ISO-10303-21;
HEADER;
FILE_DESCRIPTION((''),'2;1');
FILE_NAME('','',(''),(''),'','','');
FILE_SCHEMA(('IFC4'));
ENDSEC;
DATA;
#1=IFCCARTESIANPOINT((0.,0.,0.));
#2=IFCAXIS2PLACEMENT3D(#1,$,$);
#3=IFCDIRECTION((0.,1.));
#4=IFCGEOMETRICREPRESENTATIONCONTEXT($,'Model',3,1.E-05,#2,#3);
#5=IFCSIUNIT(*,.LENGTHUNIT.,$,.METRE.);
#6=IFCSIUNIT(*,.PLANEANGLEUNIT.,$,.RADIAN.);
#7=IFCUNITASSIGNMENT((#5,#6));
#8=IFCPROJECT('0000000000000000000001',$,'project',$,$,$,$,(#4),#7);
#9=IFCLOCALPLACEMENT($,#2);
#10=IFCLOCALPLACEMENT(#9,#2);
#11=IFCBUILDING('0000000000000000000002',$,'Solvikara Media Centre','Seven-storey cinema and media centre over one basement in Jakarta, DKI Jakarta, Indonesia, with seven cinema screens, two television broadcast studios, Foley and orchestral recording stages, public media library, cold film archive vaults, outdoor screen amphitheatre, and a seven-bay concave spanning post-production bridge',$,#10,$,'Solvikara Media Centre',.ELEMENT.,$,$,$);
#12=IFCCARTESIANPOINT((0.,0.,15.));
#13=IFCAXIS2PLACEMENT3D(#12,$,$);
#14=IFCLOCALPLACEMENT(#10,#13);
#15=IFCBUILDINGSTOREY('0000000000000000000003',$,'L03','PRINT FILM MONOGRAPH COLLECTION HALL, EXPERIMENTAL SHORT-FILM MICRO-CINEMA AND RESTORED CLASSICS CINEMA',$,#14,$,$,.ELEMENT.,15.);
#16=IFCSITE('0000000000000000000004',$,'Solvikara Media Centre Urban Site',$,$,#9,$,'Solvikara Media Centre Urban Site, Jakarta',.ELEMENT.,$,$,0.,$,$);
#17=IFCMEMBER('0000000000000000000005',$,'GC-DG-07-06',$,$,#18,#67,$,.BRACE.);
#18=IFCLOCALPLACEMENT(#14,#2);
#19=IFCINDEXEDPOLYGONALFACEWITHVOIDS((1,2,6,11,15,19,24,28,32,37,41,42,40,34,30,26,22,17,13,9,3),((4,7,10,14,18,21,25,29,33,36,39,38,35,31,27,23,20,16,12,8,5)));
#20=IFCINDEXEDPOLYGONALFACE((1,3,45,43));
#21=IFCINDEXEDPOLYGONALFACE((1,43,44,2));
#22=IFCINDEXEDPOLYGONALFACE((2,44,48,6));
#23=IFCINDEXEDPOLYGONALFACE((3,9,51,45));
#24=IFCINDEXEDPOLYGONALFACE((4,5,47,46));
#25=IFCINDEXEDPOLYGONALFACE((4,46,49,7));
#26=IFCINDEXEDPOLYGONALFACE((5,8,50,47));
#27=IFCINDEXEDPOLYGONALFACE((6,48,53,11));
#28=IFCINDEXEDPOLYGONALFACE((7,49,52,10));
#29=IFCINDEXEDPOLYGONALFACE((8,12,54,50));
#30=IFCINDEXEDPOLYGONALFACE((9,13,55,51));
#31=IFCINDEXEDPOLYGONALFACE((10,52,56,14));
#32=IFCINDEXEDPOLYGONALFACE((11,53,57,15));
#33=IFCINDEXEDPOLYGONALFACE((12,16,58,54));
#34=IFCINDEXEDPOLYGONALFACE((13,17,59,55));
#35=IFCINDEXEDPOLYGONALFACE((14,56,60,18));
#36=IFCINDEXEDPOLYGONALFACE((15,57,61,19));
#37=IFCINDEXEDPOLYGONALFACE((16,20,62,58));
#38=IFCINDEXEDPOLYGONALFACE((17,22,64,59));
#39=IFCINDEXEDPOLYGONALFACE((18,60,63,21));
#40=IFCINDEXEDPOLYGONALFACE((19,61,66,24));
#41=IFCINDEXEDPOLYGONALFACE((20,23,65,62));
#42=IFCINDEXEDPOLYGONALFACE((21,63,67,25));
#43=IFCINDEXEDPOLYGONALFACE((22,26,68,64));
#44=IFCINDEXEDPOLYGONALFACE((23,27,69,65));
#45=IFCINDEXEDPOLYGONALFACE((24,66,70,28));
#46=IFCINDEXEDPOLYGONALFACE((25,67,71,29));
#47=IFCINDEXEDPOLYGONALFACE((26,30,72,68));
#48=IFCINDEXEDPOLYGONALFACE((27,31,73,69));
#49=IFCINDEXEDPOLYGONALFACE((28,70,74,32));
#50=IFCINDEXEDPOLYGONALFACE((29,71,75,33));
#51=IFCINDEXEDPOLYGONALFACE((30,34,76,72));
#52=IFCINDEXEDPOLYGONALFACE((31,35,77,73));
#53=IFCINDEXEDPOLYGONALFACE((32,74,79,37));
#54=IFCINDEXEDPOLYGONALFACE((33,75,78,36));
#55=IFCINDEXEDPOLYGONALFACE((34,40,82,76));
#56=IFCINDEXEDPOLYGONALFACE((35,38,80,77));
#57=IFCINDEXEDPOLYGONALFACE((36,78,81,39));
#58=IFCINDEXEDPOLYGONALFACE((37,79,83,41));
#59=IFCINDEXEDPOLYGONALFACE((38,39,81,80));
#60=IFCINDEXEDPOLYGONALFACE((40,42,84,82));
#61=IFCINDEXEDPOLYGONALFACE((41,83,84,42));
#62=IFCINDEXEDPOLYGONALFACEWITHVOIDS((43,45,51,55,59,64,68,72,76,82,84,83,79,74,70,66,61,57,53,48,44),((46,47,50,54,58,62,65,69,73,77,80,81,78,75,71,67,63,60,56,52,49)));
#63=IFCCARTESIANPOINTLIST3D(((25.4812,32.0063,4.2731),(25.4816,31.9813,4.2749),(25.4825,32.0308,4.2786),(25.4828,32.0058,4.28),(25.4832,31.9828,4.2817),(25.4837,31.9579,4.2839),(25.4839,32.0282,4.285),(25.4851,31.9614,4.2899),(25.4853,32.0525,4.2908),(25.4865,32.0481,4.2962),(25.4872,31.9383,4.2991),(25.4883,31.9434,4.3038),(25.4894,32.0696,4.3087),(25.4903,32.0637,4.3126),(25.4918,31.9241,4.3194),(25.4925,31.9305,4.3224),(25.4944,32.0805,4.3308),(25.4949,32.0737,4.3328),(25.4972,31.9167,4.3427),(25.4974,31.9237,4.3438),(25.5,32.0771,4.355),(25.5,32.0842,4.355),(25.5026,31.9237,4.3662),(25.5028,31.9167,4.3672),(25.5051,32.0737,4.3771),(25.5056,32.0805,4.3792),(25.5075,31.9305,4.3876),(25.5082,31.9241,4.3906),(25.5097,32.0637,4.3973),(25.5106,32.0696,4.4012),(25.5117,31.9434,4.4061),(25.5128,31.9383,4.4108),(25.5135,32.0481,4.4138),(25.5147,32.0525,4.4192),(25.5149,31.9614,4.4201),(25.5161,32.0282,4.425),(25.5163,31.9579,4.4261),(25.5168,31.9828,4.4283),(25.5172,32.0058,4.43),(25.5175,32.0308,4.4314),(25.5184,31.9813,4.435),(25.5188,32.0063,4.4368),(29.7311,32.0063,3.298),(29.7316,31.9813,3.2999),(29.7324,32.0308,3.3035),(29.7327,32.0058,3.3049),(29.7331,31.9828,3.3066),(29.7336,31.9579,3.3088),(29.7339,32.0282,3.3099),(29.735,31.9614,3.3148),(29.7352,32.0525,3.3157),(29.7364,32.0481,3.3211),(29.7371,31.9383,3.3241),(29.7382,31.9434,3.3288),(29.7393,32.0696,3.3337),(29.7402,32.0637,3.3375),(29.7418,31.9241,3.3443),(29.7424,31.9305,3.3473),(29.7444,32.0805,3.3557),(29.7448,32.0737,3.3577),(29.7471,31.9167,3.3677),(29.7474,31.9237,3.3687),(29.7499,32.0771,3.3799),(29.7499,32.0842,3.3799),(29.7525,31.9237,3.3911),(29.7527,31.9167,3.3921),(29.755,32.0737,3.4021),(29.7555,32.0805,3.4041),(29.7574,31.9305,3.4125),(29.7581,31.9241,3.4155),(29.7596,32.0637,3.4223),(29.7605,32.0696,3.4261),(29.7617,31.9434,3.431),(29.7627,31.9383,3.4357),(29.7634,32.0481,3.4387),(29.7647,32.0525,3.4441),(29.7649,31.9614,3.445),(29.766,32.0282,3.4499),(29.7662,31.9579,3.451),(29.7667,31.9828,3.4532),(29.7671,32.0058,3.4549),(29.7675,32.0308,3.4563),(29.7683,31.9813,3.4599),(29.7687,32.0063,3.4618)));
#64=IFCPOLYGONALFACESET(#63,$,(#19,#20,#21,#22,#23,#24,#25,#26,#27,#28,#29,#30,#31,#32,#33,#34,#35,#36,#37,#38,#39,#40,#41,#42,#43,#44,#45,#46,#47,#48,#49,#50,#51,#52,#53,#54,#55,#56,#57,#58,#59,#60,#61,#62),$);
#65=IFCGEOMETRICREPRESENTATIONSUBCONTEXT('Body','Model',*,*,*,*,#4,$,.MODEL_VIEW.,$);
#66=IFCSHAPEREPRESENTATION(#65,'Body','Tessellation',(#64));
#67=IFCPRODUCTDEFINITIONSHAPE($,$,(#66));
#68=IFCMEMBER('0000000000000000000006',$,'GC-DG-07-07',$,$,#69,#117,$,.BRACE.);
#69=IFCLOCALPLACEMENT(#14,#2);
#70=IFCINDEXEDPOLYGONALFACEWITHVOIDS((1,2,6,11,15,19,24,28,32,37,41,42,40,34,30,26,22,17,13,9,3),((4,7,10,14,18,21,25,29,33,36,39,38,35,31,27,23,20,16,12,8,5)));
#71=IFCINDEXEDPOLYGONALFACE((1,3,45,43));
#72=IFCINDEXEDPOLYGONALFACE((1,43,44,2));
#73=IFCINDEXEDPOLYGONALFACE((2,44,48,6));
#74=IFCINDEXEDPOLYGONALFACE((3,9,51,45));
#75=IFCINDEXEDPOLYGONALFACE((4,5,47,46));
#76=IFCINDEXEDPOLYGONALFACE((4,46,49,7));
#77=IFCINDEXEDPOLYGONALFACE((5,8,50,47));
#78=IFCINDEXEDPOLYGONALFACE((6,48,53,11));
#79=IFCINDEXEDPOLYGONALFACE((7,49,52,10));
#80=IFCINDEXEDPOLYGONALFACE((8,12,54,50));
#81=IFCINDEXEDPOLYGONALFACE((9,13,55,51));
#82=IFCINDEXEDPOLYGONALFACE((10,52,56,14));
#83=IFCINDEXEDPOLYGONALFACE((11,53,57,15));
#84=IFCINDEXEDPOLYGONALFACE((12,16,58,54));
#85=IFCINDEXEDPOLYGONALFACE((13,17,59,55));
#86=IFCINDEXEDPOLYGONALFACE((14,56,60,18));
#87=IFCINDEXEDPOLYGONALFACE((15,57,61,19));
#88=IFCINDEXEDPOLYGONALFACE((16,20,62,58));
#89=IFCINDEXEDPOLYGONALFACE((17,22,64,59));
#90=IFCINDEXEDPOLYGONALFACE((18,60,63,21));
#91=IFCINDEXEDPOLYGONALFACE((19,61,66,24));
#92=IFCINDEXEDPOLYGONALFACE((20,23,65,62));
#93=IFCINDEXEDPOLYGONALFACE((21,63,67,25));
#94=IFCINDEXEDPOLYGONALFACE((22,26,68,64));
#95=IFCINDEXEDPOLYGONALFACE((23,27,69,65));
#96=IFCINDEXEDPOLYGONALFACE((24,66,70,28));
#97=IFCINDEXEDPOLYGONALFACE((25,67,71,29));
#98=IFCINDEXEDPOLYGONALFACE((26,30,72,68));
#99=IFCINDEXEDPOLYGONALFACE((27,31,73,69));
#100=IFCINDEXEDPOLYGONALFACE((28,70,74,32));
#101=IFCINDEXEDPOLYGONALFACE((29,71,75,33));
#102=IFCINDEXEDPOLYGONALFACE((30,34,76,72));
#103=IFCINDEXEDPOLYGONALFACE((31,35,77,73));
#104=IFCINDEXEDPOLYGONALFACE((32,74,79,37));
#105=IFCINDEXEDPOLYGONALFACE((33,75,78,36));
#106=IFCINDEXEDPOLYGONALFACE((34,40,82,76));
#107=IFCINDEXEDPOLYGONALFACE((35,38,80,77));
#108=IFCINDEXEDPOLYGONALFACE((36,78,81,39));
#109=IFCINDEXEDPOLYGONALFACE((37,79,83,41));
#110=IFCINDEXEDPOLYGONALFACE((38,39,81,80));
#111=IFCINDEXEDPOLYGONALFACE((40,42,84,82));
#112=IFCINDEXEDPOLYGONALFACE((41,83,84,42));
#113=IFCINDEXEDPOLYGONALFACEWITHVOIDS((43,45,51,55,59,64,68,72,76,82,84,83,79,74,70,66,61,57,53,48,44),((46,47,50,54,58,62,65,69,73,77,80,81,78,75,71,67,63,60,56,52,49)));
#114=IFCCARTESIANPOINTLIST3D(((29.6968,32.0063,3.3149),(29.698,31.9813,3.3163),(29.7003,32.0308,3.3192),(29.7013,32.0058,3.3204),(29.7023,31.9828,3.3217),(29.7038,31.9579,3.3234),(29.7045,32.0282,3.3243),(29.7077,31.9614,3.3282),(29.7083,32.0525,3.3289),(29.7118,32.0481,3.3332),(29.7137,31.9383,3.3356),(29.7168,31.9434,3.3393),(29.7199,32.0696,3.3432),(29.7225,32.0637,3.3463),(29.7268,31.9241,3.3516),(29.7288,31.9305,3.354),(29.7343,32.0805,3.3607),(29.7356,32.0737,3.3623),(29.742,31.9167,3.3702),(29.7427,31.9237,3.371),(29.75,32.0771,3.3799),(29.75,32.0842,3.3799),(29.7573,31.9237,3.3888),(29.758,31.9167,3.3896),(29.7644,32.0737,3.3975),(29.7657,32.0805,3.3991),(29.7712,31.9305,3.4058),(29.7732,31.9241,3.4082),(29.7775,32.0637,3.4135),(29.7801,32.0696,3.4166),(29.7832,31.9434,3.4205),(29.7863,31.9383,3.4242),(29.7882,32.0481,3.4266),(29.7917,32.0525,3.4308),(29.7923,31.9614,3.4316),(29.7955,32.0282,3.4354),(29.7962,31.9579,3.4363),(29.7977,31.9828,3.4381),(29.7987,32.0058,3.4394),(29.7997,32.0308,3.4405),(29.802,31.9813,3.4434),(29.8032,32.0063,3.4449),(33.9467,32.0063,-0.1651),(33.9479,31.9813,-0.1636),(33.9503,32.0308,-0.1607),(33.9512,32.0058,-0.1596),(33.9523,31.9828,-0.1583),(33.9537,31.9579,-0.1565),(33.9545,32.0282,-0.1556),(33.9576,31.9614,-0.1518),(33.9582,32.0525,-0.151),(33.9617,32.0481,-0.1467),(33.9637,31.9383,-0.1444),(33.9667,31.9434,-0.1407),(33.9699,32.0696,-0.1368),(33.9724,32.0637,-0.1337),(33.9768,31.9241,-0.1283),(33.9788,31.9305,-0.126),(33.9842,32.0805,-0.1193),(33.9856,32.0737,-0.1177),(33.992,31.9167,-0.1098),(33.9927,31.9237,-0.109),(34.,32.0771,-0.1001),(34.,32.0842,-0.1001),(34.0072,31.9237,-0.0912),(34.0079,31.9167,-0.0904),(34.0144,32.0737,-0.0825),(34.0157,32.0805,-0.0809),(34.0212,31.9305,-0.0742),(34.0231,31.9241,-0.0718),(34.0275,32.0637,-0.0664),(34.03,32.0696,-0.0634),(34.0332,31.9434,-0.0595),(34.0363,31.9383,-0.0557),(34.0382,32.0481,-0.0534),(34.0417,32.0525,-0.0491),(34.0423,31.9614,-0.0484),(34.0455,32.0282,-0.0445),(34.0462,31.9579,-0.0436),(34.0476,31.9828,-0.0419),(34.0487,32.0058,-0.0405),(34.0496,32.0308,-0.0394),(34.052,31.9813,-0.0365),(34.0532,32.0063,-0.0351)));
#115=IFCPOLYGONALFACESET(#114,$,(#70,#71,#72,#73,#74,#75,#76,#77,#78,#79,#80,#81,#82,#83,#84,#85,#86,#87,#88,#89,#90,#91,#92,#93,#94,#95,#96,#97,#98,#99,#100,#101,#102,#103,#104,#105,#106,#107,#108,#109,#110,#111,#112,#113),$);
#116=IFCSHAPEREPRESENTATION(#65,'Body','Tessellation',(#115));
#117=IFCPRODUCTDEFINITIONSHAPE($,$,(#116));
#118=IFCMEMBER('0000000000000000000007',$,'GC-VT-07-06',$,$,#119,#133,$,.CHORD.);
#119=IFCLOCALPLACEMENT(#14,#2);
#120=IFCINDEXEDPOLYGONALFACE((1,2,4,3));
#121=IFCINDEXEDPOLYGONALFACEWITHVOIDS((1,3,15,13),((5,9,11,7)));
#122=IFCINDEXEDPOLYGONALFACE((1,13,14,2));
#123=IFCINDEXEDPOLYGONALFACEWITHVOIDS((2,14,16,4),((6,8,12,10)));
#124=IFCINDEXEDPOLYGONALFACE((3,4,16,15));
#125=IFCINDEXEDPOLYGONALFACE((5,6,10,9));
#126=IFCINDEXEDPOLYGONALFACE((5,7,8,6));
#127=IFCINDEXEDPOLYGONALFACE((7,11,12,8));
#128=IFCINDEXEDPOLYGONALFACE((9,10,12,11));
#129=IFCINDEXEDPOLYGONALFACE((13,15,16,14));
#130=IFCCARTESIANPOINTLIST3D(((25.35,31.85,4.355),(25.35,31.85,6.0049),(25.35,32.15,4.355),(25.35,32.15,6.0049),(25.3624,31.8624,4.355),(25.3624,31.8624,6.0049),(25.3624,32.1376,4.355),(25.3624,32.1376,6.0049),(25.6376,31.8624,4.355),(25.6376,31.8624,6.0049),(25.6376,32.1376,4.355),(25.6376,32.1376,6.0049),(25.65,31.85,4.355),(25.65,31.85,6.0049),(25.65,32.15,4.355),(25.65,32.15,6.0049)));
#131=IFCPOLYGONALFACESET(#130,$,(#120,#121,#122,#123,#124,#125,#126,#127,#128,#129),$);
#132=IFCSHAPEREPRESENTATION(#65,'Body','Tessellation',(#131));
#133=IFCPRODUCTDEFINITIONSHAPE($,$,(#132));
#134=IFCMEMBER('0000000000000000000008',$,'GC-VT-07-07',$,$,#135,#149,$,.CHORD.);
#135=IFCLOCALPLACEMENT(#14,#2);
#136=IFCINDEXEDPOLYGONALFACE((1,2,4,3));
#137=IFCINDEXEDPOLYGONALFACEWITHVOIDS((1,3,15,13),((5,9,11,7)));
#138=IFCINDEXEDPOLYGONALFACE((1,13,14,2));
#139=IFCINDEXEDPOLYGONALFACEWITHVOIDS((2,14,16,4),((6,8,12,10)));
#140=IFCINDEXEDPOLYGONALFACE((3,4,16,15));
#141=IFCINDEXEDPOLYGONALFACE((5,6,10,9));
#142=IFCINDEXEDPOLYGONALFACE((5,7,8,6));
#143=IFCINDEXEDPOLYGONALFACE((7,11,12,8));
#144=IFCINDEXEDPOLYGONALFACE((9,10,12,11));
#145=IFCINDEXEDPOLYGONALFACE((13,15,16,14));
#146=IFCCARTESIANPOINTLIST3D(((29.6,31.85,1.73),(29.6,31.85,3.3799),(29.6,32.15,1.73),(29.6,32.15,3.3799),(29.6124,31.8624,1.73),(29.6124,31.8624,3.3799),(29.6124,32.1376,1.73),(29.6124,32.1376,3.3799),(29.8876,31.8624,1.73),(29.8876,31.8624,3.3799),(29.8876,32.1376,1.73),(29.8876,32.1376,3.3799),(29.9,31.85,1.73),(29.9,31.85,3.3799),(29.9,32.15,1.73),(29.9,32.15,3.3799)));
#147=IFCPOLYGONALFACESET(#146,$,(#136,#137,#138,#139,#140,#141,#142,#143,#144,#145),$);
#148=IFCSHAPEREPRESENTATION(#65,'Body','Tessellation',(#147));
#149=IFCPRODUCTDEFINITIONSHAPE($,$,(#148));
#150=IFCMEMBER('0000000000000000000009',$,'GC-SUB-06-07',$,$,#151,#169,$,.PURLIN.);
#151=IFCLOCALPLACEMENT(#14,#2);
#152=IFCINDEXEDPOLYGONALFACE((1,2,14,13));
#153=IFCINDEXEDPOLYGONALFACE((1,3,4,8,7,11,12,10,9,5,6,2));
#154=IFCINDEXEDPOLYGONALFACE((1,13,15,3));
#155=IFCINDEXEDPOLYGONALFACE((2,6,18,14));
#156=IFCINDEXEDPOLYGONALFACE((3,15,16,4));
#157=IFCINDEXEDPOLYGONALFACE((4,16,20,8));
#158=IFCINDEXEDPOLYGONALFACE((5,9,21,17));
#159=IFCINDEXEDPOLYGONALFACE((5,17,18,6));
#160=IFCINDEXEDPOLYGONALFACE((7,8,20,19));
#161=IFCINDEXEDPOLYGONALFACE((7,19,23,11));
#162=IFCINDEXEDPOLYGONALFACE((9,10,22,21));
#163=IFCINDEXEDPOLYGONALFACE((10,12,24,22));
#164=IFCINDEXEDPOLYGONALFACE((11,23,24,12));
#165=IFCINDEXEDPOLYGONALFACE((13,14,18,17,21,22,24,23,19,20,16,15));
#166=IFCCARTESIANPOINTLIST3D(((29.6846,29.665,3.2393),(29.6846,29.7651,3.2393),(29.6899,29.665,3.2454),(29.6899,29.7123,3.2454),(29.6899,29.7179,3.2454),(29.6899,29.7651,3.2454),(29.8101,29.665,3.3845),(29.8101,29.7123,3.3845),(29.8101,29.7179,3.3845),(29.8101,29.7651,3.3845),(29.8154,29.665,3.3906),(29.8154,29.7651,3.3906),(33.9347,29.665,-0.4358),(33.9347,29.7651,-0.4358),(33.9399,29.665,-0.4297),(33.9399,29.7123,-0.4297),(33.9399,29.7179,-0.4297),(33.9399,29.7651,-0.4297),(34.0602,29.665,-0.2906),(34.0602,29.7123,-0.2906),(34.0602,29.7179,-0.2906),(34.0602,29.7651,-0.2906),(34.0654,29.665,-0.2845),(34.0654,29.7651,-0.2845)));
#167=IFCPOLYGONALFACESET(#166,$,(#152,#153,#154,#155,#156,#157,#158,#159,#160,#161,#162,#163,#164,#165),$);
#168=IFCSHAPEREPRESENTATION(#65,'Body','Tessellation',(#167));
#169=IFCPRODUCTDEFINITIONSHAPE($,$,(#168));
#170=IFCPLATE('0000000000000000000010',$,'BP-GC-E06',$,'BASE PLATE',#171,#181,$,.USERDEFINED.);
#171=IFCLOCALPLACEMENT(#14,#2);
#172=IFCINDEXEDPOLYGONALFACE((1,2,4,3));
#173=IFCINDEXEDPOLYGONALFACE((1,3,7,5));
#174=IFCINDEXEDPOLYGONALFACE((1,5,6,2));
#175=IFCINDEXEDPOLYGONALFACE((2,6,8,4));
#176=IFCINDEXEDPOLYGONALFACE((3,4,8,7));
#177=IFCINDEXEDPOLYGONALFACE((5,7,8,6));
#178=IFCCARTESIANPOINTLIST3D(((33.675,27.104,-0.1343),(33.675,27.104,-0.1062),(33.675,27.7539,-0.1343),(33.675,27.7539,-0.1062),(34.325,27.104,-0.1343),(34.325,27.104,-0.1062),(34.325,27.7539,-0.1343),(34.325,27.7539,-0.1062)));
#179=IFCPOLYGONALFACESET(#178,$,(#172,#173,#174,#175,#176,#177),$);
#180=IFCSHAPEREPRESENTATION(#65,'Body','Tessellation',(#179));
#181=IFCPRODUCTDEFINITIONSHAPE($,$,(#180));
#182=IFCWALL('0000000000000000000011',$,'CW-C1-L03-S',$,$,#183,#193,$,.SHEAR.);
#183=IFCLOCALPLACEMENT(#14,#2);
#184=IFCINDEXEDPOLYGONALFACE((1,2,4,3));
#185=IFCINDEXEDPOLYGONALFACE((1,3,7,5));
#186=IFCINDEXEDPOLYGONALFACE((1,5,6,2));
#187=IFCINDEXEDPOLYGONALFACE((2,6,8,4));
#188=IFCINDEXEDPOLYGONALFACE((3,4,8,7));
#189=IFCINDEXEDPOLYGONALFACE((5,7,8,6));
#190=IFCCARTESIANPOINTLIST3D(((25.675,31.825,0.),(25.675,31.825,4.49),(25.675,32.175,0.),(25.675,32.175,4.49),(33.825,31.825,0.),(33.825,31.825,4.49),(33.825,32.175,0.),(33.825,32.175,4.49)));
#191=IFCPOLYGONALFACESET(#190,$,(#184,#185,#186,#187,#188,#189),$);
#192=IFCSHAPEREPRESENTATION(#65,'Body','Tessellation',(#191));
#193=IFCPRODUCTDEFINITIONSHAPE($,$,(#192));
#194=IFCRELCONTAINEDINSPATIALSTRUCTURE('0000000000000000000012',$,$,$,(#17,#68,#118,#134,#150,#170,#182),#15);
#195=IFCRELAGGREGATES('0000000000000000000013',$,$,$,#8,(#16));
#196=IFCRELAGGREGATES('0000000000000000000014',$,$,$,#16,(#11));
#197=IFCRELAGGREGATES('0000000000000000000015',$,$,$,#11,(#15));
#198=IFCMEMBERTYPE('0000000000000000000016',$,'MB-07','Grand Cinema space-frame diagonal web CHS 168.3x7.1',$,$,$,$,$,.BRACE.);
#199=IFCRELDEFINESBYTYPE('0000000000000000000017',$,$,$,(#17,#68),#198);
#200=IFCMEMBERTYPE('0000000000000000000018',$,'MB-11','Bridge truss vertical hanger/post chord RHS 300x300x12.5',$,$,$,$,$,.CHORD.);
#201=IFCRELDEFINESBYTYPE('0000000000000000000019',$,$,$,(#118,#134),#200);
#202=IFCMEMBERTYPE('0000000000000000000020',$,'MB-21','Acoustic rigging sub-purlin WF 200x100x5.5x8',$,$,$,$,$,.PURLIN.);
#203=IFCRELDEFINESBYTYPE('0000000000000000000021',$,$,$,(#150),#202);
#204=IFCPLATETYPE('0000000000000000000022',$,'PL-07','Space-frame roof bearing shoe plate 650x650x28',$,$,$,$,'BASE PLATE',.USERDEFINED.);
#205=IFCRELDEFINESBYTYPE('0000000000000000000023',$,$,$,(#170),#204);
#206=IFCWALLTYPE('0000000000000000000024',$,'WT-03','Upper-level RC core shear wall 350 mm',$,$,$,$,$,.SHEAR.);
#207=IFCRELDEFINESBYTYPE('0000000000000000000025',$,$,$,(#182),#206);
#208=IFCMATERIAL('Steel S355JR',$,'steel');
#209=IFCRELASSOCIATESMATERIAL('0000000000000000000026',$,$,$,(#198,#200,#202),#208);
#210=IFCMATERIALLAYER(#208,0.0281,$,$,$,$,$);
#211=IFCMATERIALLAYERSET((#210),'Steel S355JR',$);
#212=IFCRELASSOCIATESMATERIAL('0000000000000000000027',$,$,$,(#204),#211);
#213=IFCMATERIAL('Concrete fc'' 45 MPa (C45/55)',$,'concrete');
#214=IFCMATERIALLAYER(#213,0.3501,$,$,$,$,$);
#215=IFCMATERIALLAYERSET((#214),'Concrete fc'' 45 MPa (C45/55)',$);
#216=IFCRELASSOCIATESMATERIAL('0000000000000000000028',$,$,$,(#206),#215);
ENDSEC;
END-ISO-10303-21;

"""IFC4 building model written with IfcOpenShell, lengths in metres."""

from ifc_helpers import new_model, si_unit, direction, frame, frame_2d, origin, origin_2d, place, context, subcontext, project, spatial, rectangle, hollow_rectangle, hollow_circle, i_section, extrude, material, layer, layer_set, material_profile, profile_set, type_object, element, save


model = new_model("IFC4")

# Units and contexts
model_context = context("Model", 3, precision=1e-05, world=origin(), true_north=direction((0.0, 1.0)))
body_context = subcontext(model_context, "Body", "Model", "MODEL_VIEW")
ifc_project = project(units=[si_unit("LENGTHUNIT", "METRE"), si_unit("PLANEANGLEUNIT", "RADIAN")], contexts=[model_context])

# Site, building, storey
site_placement = place(None, origin())
site = spatial("IfcSite", under=ifc_project, at=site_placement, Name="Solvikara Media Centre Urban Site", LongName="Solvikara Media Centre Urban Site, Jakarta", CompositionType="ELEMENT", RefElevation=0.0)
building_placement = place(site_placement, origin())
building = spatial("IfcBuilding", under=site, at=building_placement, Name="Solvikara Media Centre", Description="Seven-storey cinema and media centre over one basement in Jakarta, DKI Jakarta, Indonesia, with seven cinema screens, two television broadcast studios, Foley and orchestral recording stages, public media library, cold film archive vaults, outdoor screen amphitheatre, and a seven-bay concave spanning post-production bridge", LongName="Solvikara Media Centre", CompositionType="ELEMENT")
storey_placement = place(building_placement, frame((0.0, 0.0, 15.0)))
storey = spatial("IfcBuildingStorey", under=building, at=storey_placement, Name="L03", Description="PRINT FILM MONOGRAPH COLLECTION HALL, EXPERIMENTAL SHORT-FILM MICRO-CINEMA AND RESTORED CLASSICS CINEMA", CompositionType="ELEMENT", Elevation=15.0)

# Members
ifc_material_1 = material(Name="Steel S355JR", Category="steel")
ifc_material_profile_1 = material_profile(ifc_material_1, hollow_circle(Radius=0.0842, WallThickness=0.0071, at=origin_2d()), Name="CHS 168.3x7.1")
ifc_profile_set_1 = profile_set([ifc_material_profile_1], Name="Steel S355JR")
member_type_1 = type_object("IfcMemberType", Name="MB-07", Description="Grand Cinema space-frame diagonal web CHS 168.3x7.1", PredefinedType="BRACE", material=ifc_profile_set_1)
member_1_placement = place(storey_placement, frame((25.5, 32.0, 4.355), z_axis=(0.974675, 0.0, -0.223624), x_axis=(0.0, 1.0, 0.0)))
element("IfcMember", 1, at=member_1_placement, inside=storey, type_object=member_type_1, Name="GC-DG-07-06", PredefinedType="BRACE", context=body_context, shape_type="SweptSolid", body=[
    extrude(hollow_circle(Radius=0.0842, WallThickness=0.0071, at=origin_2d()), origin(), (0.0, 0.0, 1.0), 4.3604),
])
member_2_placement = place(storey_placement, frame((29.75, 32.0, 3.3799), z_axis=(0.773716, 0.0, -0.633533), x_axis=(0.0, 1.0, 0.0)))
element("IfcMember", 2, at=member_2_placement, inside=storey, type_object=member_type_1, Name="GC-DG-07-07", PredefinedType="BRACE", context=body_context, shape_type="SweptSolid", body=[
    extrude(hollow_circle(Radius=0.0842, WallThickness=0.0071, at=origin_2d()), origin(), (0.0, 0.0, 1.0), 5.4929),
])
ifc_material_profile_2 = material_profile(ifc_material_1, hollow_rectangle(XDim=0.3, YDim=0.3, WallThickness=0.0125, at=origin_2d()), Name="RHS 300x300x12.5")
ifc_profile_set_2 = profile_set([ifc_material_profile_2], Name="Steel S355JR")
member_type_2 = type_object("IfcMemberType", Name="MB-11", Description="Bridge truss vertical hanger/post chord RHS 300x300x12.5", PredefinedType="CHORD", material=ifc_profile_set_2)
for number, where, z_axis, x_axis, name in (
    (3, (25.5, 32.0, 4.355), (0.0, 0.0, 1.0), (1.0, 0.0, 0.0), "GC-VT-07-06"),
    (4, (29.75, 32.0, 1.73), (0.0, 0.0, 1.0), (1.0, 0.0, 0.0), "GC-VT-07-07"),
):
    element("IfcMember", number, at=place(storey_placement, frame(where, z_axis=z_axis, x_axis=x_axis)), inside=storey, type_object=member_type_2, Name=name, PredefinedType="CHORD", context=body_context, shape_type="SweptSolid", body=[
        extrude(hollow_rectangle(XDim=0.3, YDim=0.3, WallThickness=0.0125, at=origin_2d()), origin(), (0.0, 0.0, 1.0), 1.6499),
    ])
ifc_material_profile_3 = material_profile(ifc_material_1, i_section(OverallWidth=0.1001, OverallDepth=0.2, WebThickness=0.0056, FlangeThickness=0.0081, at=origin_2d()), Name="WF 200x100x5.5x8")
ifc_profile_set_3 = profile_set([ifc_material_profile_3], Name="Steel S355JR")
member_type_3 = type_object("IfcMemberType", Name="MB-21", Description="Acoustic rigging sub-purlin WF 200x100x5.5x8", PredefinedType="PURLIN", material=ifc_profile_set_3)
member_3_placement = place(storey_placement, frame((29.75, 29.7151, 3.3149), z_axis=(0.756418, 0.0, -0.654088), x_axis=(0.0, 1.0, 0.0)))
element("IfcMember", 5, at=member_3_placement, inside=storey, type_object=member_type_3, Name="GC-SUB-06-07", PredefinedType="PURLIN", context=body_context, shape_type="SweptSolid", body=[
    extrude(i_section(OverallWidth=0.1001, OverallDepth=0.2, WebThickness=0.0056, FlangeThickness=0.0081, at=origin_2d()), origin(), (0.0, 0.0, 1.0), 5.6187),
])

# Plate
ifc_layer_1 = layer(ifc_material_1, 0.0281)
ifc_layer_set_1 = layer_set([ifc_layer_1], Name="Steel S355JR")
plate_type = type_object("IfcPlateType", Name="PL-07", Description="Space-frame roof bearing shoe plate 650x650x28", ElementType="BASE PLATE", PredefinedType="USERDEFINED", material=ifc_layer_set_1)
plate_placement = place(storey_placement, frame((34.0, 27.429, -0.1343), z_axis=(0.0, 0.0, 1.0), x_axis=(1.0, 0.0, 0.0)))
element("IfcPlate", 6, at=plate_placement, inside=storey, type_object=plate_type, Name="BP-GC-E06", ObjectType="BASE PLATE", PredefinedType="USERDEFINED", context=body_context, shape_type="SweptSolid", body=[
    extrude(rectangle(XDim=0.6499, YDim=0.6499, at=origin_2d()), origin(), (0.0, 0.0, 1.0), 0.0281),
])

# Wall
ifc_material_2 = material(Name="Concrete fc' 45 MPa (C45/55)", Category="concrete")
ifc_layer_2 = layer(ifc_material_2, 0.3501)
ifc_layer_set_2 = layer_set([ifc_layer_2], Name="Concrete fc' 45 MPa (C45/55)")
wall_type_1 = type_object("IfcWallType", Name="WT-03", Description="Upper-level RC core shear wall 350 mm", PredefinedType="SHEAR", material=ifc_layer_set_2)
wall_1_placement = place(storey_placement, frame((25.675, 32.0, 0.0), z_axis=(0.0, 0.0, 1.0), x_axis=(1.0, 0.0, 0.0)))
element("IfcWall", 7, at=wall_1_placement, inside=storey, type_object=wall_type_1, Name="CW-C1-L03-S", PredefinedType="SHEAR", context=body_context, shape_type="SweptSolid", body=[
    extrude(rectangle(XDim=8.1499, YDim=0.3501, at=frame_2d((4.075, 0.0))), origin(), (0.0, 0.0, 1.0), 4.49),
])

save(model, "model.ifc")
